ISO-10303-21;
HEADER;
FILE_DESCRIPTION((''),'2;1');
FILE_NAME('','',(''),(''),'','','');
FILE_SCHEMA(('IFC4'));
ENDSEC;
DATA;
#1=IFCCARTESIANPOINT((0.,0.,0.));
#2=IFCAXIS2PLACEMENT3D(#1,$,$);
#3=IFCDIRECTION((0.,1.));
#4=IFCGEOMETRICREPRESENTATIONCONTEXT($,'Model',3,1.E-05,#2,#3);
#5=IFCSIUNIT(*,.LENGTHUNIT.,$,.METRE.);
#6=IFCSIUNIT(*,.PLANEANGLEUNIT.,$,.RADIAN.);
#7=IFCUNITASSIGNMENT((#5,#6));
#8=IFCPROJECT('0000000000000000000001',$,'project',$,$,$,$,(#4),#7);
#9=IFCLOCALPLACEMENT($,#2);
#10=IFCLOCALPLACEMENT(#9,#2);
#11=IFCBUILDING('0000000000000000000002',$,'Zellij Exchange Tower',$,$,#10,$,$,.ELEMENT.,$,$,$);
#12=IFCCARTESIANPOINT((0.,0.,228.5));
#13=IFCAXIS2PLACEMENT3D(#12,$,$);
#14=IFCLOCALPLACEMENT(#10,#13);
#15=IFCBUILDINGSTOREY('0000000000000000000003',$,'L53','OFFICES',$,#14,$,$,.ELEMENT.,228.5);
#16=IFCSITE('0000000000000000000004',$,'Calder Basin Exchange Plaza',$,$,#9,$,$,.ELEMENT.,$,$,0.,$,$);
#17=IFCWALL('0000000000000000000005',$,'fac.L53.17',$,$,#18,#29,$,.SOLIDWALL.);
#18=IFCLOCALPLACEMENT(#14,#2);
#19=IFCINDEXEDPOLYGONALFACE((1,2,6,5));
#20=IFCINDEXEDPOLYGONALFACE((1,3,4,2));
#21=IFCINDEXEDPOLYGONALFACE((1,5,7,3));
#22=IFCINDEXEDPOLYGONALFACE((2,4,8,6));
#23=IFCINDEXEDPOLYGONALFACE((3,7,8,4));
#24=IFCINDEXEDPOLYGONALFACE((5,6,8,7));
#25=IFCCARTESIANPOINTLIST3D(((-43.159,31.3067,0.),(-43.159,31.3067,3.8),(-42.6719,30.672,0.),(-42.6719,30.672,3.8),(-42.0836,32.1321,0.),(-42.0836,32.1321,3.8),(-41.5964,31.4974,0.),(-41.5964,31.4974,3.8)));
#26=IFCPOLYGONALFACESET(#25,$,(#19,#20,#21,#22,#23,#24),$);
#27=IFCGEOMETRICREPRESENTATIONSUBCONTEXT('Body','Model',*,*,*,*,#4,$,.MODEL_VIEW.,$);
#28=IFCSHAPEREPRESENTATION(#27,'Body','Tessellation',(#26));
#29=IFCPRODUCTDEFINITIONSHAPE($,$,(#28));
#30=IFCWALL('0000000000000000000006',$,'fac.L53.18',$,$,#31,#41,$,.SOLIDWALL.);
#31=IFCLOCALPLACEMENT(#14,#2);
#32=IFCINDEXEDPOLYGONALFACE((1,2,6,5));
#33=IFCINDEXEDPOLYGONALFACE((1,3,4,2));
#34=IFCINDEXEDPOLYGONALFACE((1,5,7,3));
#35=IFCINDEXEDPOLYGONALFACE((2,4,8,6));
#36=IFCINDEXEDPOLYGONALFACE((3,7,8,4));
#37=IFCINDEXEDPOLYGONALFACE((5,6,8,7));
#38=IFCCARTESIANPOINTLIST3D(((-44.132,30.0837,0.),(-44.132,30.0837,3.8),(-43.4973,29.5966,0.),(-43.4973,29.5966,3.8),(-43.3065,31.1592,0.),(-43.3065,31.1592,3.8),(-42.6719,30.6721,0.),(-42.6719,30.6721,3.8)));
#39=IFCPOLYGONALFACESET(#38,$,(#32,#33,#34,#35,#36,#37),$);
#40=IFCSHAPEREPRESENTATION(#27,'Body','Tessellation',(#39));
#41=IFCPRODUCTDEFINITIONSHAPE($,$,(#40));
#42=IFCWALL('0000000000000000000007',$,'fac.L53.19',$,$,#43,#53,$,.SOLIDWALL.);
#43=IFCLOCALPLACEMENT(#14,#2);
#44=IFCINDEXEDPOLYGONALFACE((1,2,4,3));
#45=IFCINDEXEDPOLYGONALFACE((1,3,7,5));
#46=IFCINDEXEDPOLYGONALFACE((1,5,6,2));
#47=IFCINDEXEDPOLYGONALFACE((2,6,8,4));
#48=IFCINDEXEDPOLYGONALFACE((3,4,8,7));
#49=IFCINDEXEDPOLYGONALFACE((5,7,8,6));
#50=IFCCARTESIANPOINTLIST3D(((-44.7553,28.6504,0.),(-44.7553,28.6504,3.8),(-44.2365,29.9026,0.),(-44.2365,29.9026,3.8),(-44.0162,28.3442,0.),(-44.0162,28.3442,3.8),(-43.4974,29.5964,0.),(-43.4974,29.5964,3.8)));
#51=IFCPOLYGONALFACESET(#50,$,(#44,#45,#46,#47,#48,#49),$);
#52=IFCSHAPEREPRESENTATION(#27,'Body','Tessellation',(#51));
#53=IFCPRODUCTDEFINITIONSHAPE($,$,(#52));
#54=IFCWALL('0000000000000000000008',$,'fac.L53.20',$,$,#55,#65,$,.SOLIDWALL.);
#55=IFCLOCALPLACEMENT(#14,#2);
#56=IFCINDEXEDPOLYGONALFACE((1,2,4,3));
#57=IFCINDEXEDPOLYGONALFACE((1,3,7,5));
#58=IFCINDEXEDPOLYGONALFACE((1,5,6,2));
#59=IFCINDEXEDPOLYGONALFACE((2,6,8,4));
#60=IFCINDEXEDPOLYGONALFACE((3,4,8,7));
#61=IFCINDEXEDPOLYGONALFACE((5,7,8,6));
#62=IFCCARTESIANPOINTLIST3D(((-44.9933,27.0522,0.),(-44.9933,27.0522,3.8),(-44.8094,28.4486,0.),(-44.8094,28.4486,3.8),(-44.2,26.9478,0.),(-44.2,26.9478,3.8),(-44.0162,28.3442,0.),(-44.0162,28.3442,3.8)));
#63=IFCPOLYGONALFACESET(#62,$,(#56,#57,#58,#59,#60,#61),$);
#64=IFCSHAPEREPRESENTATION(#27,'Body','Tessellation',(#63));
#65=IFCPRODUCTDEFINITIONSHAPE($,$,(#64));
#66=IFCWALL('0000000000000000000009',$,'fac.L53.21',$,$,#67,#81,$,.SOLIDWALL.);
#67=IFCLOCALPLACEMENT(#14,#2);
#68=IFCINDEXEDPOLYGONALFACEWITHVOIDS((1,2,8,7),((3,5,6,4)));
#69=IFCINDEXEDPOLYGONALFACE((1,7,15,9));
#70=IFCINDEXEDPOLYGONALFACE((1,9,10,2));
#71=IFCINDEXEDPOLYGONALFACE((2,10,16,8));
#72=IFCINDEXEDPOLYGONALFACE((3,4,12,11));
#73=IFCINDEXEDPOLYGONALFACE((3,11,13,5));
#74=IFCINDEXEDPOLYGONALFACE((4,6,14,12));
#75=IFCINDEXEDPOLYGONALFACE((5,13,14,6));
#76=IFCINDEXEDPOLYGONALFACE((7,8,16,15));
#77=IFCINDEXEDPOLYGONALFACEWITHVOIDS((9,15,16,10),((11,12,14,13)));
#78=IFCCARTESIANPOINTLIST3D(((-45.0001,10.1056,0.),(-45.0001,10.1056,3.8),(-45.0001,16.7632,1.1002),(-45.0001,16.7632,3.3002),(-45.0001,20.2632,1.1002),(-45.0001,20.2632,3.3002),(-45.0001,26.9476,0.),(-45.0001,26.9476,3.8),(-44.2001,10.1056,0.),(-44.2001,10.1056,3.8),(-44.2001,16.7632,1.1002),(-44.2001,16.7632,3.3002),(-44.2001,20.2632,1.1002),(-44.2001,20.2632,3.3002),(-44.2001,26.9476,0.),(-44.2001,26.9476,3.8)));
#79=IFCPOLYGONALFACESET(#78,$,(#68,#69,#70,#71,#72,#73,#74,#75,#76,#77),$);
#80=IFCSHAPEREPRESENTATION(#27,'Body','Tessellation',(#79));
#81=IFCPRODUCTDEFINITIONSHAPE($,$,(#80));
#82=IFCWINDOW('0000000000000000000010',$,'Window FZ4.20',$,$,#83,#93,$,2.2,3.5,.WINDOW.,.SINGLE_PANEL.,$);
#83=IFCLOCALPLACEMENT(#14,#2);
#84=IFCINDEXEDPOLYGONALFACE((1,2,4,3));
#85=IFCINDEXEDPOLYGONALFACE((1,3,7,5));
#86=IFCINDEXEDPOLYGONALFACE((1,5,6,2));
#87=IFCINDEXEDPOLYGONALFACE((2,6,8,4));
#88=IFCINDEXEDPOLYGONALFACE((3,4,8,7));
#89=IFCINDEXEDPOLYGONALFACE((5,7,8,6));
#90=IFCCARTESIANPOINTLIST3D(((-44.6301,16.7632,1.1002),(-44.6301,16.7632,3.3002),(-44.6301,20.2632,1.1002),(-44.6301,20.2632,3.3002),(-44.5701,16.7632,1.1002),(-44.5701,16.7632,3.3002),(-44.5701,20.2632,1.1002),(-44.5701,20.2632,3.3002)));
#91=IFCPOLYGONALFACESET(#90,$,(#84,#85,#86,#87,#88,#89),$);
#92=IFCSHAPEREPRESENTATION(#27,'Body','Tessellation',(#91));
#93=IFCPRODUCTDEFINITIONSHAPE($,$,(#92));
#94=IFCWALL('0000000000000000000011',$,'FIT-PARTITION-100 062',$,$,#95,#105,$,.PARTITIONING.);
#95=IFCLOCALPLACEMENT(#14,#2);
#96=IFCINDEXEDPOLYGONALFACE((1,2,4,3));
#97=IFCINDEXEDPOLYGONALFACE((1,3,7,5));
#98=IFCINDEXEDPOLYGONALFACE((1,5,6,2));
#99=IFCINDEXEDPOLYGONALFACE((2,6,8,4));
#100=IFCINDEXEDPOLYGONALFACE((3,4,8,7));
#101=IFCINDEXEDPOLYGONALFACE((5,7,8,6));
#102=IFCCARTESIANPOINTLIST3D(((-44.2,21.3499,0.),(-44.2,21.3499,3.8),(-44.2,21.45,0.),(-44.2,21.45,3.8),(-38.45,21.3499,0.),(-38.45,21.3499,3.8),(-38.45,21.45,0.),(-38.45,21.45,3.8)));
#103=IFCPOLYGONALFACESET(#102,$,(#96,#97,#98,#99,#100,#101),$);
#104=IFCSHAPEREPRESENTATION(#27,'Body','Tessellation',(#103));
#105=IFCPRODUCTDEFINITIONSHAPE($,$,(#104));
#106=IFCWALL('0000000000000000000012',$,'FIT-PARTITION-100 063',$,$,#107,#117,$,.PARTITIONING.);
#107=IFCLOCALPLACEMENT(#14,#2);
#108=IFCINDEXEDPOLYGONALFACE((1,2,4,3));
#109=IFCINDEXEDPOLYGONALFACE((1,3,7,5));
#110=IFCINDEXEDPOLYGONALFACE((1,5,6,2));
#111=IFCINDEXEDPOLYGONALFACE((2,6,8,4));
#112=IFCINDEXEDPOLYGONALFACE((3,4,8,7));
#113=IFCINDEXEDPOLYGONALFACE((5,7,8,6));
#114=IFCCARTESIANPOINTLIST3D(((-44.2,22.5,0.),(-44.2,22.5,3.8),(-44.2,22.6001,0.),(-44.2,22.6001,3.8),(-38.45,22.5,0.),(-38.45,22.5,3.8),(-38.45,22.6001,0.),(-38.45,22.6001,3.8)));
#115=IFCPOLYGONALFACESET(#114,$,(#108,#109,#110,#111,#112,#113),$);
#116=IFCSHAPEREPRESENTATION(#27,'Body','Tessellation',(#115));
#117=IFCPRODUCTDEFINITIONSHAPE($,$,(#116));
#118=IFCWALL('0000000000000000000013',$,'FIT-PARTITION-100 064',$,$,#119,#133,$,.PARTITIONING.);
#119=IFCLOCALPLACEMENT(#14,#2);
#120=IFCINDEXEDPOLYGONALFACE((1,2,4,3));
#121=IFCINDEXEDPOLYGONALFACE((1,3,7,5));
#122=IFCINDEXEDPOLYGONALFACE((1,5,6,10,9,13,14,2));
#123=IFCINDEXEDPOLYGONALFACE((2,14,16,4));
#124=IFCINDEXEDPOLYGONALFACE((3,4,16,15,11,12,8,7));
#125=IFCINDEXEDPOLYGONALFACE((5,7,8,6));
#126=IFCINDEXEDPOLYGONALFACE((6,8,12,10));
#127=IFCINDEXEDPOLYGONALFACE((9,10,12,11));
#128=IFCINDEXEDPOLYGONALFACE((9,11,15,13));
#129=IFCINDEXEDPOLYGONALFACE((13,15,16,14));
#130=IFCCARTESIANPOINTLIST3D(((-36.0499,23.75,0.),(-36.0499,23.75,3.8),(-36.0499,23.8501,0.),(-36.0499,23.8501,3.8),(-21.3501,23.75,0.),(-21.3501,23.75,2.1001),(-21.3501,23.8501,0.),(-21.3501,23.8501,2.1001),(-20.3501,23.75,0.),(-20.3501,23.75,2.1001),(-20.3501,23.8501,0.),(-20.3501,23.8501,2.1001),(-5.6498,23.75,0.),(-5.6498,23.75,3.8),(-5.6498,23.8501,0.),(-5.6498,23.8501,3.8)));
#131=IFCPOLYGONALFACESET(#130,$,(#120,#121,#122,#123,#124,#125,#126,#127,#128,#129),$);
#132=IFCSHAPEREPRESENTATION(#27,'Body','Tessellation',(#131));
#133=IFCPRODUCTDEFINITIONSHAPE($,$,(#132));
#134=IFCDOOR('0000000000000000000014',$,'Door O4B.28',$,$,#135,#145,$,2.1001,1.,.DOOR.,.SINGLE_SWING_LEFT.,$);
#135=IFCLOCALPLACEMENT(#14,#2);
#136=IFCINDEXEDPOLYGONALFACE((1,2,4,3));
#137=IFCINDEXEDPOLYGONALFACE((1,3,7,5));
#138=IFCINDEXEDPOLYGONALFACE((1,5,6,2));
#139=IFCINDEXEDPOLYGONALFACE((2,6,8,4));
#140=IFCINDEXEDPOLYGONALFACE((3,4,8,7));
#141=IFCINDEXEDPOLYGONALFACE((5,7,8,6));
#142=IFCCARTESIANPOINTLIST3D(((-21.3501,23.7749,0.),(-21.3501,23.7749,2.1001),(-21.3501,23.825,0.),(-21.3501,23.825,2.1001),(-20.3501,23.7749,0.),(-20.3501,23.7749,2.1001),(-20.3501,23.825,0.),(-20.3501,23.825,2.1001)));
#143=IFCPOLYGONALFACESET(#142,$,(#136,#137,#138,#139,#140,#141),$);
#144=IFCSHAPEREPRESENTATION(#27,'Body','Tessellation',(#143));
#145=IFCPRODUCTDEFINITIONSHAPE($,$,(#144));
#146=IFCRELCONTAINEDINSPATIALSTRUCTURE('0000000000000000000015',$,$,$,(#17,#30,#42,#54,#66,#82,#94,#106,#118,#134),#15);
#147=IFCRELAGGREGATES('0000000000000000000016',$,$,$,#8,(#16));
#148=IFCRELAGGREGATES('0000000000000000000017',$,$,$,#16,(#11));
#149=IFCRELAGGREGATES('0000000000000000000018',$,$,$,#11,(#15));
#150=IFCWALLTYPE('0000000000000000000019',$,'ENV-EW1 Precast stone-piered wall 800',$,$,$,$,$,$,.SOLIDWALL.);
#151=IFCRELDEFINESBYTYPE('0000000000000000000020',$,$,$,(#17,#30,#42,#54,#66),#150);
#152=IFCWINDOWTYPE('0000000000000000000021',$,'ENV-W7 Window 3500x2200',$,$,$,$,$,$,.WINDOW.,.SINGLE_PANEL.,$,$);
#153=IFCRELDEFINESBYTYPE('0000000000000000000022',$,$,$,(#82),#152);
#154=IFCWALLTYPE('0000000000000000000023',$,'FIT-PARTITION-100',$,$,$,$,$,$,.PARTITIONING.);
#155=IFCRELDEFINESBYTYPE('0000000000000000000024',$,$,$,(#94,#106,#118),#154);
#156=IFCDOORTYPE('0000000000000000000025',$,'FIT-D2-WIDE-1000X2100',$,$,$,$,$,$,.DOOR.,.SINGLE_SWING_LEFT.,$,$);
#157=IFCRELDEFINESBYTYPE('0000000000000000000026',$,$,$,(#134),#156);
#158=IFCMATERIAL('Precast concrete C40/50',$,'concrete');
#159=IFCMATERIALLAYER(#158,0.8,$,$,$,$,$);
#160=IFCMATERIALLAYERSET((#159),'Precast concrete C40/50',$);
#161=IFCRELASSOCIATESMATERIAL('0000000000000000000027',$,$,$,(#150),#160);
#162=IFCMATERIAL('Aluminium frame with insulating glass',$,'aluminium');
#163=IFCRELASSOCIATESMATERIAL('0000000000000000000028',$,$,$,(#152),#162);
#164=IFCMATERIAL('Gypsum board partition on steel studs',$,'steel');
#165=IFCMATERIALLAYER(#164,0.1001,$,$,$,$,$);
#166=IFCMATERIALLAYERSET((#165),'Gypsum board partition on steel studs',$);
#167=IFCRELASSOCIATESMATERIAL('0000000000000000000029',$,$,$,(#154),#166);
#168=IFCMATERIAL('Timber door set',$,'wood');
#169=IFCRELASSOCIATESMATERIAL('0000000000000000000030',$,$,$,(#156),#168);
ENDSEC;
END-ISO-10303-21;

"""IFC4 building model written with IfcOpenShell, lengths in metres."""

from ifc_helpers import new_model, si_unit, direction, frame, frame_2d, origin, place, context, subcontext, project, spatial, rectangle, extrude, material, layer, layer_set, type_object, element, fill, save


model = new_model("IFC4")

# Units and contexts
model_context = context("Model", 3, precision=1e-05, world=origin(), true_north=direction((0.0, 1.0)))
body_context = subcontext(model_context, "Body", "Model", "MODEL_VIEW")
ifc_project = project(units=[si_unit("LENGTHUNIT", "METRE"), si_unit("PLANEANGLEUNIT", "RADIAN")], contexts=[model_context])

# Site, building, storey
site_placement = place(None, origin())
site = spatial("IfcSite", under=ifc_project, at=site_placement, Name="Calder Basin Exchange Plaza", CompositionType="ELEMENT", RefElevation=0.0)
building_placement = place(site_placement, origin())
building = spatial("IfcBuilding", under=site, at=building_placement, Name="Zellij Exchange Tower", CompositionType="ELEMENT")
storey_placement = place(building_placement, frame((0.0, 0.0, 228.5)))
storey = spatial("IfcBuildingStorey", under=building, at=storey_placement, Name="L53", Description="OFFICES", CompositionType="ELEMENT", Elevation=228.5)

# Walls
ifc_material_1 = material(Name="Precast concrete C40/50", Category="concrete")
ifc_layer_1 = layer(ifc_material_1, 0.8)
ifc_layer_set_1 = layer_set([ifc_layer_1], Name="Precast concrete C40/50")
wall_type_1 = type_object("IfcWallType", Name="ENV-EW1 Precast stone-piered wall 800", PredefinedType="SOLIDWALL", material=ifc_layer_set_1)
for number, where, z_axis, x_axis, name in (
    (1, (-41.8401, 31.8147, 0.0), (0.0, 0.0, 1.0), (-0.793273, -0.608866, 0.0), "fac.L53.17"),
    (2, (-42.9893, 30.9155, 0.0), (0.0, 0.0, 1.0), (-0.608866, -0.793273, 0.0), "fac.L53.18"),
):
    element("IfcWall", number, at=place(storey_placement, frame(where, z_axis=z_axis, x_axis=x_axis)), inside=storey, type_object=wall_type_1, Name=name, PredefinedType="SOLIDWALL", context=body_context, shape_type="SweptSolid", body=[
        extrude(rectangle(XDim=1.3557, YDim=0.8, at=frame_2d((0.6777, 0.0))), origin(), (0.0, 0.0, 1.0), 3.8),
    ])
wall_1_placement = place(storey_placement, frame((-43.8669, 29.7495, 0.0), z_axis=(0.0, 0.0, 1.0), x_axis=(-0.38276, -0.923848, 0.0)))
element("IfcWall", 3, at=wall_1_placement, inside=storey, type_object=wall_type_1, Name="fac.L53.19", PredefinedType="SOLIDWALL", context=body_context, shape_type="SweptSolid", body=[
    extrude(rectangle(XDim=1.3555, YDim=0.8, at=frame_2d((0.6777, 0.0))), origin(), (0.0, 0.0, 1.0), 3.8),
])
wall_2_placement = place(storey_placement, frame((-44.4128, 28.3962, 0.0), z_axis=(0.0, 0.0, 1.0), x_axis=(-0.130517, -0.991446, 0.0)))
element("IfcWall", 4, at=wall_2_placement, inside=storey, type_object=wall_type_1, Name="fac.L53.20", PredefinedType="SOLIDWALL", context=body_context, shape_type="SweptSolid", body=[
    extrude(rectangle(XDim=1.4084, YDim=0.8, at=frame_2d((0.7041, 0.0))), origin(), (0.0, 0.0, 1.0), 3.8),
])

# Wall, opening, window
wall_3_placement = place(storey_placement, frame((-44.6001, 26.9475, 0.0), z_axis=(0.0, 0.0, 1.0), x_axis=(0.0, -1.0, 0.0)))
wall_3 = element("IfcWall", 5, at=wall_3_placement, inside=storey, type_object=wall_type_1, Name="fac.L53.21", PredefinedType="SOLIDWALL", context=body_context, shape_type="SweptSolid", body=[
    extrude(rectangle(XDim=16.842, YDim=0.8, at=frame_2d((8.4209, 0.0))), origin(), (0.0, 0.0, 1.0), 3.8),
])
opening_1_placement = place(wall_3_placement, frame((6.6843, 0.0, 1.1001)))
opening_1 = element("IfcOpeningElement", 6, at=opening_1_placement, cuts=wall_3, PredefinedType="OPENING", context=body_context, shape_type="SweptSolid", body=[
    extrude(rectangle(XDim=3.5, YDim=2.2, at=frame_2d((1.75, 1.1001))), frame((0.0, 0.4121, 0.0), z_axis=(0.0, -1.0, 0.0), x_axis=(1.0, 0.0, 0.0)), (0.0, 0.0, 1.0), 0.824),
])
ifc_material_2 = material(Name="Aluminium frame with insulating glass", Category="aluminium")
window_type = type_object("IfcWindowType", Name="ENV-W7 Window 3500x2200", PartitioningType="SINGLE_PANEL", PredefinedType="WINDOW", material=ifc_material_2)
window_placement = place(opening_1_placement, origin())
window = element("IfcWindow", 7, at=window_placement, inside=storey, type_object=window_type, Name="Window FZ4.20", OverallHeight=2.2, OverallWidth=3.5, PartitioningType="SINGLE_PANEL", PredefinedType="WINDOW", context=body_context, shape_type="SweptSolid", body=[
    extrude(rectangle(XDim=3.5, YDim=2.2, at=frame_2d((1.75, 1.1001))), frame((0.0, 0.03, 0.0), z_axis=(0.0, -1.0, 0.0), x_axis=(1.0, 0.0, 0.0)), (0.0, 0.0, 1.0), 0.0601),
])
fill(opening_1, window)

# Walls
ifc_material_3 = material(Name="Gypsum board partition on steel studs", Category="steel")
ifc_layer_2 = layer(ifc_material_3, 0.1001)
ifc_layer_set_2 = layer_set([ifc_layer_2], Name="Gypsum board partition on steel studs")
wall_type_2 = type_object("IfcWallType", Name="FIT-PARTITION-100", PredefinedType="PARTITIONING", material=ifc_layer_set_2)
for number, where, z_axis, x_axis, name in (
    (8, (-44.2, 21.3999, 0.0), (0.0, 0.0, 1.0), (1.0, 0.0, 0.0), "FIT-PARTITION-100 062"),
    (9, (-44.2, 22.55, 0.0), (0.0, 0.0, 1.0), (1.0, 0.0, 0.0), "FIT-PARTITION-100 063"),
):
    element("IfcWall", number, at=place(storey_placement, frame(where, z_axis=z_axis, x_axis=x_axis)), inside=storey, type_object=wall_type_2, Name=name, PredefinedType="PARTITIONING", context=body_context, shape_type="SweptSolid", body=[
        extrude(rectangle(XDim=5.75, YDim=0.1001, at=frame_2d((2.875, 0.0))), origin(), (0.0, 0.0, 1.0), 3.8),
    ])

# Wall, opening, door
wall_4_placement = place(storey_placement, frame((-36.05, 23.8, 0.0), z_axis=(0.0, 0.0, 1.0), x_axis=(1.0, 0.0, 0.0)))
wall_4 = element("IfcWall", 10, at=wall_4_placement, inside=storey, type_object=wall_type_2, Name="FIT-PARTITION-100 064", PredefinedType="PARTITIONING", context=body_context, shape_type="SweptSolid", body=[
    extrude(rectangle(XDim=30.4001, YDim=0.1001, at=frame_2d((15.2002, 0.0))), origin(), (0.0, 0.0, 1.0), 3.8),
])
opening_2_placement = place(wall_4_placement, frame((14.7, 0.0, 0.0)))
opening_2 = element("IfcOpeningElement", 11, at=opening_2_placement, cuts=wall_4, PredefinedType="OPENING", context=body_context, shape_type="SweptSolid", body=[
    extrude(rectangle(XDim=1.0, YDim=2.1001, at=frame_2d((0.5, 1.05))), frame((0.0, 0.062, 0.0), z_axis=(0.0, -1.0, 0.0), x_axis=(1.0, 0.0, 0.0)), (0.0, 0.0, 1.0), 0.124),
])
ifc_material_4 = material(Name="Timber door set", Category="wood")
door_type_1 = type_object("IfcDoorType", Name="FIT-D2-WIDE-1000X2100", OperationType="SINGLE_SWING_LEFT", PredefinedType="DOOR", material=ifc_material_4)
door_1_placement = place(opening_2_placement, origin())
door_1 = element("IfcDoor", 12, at=door_1_placement, inside=storey, type_object=door_type_1, Name="Door O4B.28", OperationType="SINGLE_SWING_LEFT", OverallHeight=2.1001, OverallWidth=1.0, PredefinedType="DOOR", context=body_context, shape_type="SweptSolid", body=[
    extrude(rectangle(XDim=1.0, YDim=2.1001, at=frame_2d((0.5, 1.05))), frame((0.0, 0.0249, 0.0), z_axis=(0.0, -1.0, 0.0), x_axis=(1.0, 0.0, 0.0)), (0.0, 0.0, 1.0), 0.05),
])
fill(opening_2, door_1)

save(model, "model.ifc")
